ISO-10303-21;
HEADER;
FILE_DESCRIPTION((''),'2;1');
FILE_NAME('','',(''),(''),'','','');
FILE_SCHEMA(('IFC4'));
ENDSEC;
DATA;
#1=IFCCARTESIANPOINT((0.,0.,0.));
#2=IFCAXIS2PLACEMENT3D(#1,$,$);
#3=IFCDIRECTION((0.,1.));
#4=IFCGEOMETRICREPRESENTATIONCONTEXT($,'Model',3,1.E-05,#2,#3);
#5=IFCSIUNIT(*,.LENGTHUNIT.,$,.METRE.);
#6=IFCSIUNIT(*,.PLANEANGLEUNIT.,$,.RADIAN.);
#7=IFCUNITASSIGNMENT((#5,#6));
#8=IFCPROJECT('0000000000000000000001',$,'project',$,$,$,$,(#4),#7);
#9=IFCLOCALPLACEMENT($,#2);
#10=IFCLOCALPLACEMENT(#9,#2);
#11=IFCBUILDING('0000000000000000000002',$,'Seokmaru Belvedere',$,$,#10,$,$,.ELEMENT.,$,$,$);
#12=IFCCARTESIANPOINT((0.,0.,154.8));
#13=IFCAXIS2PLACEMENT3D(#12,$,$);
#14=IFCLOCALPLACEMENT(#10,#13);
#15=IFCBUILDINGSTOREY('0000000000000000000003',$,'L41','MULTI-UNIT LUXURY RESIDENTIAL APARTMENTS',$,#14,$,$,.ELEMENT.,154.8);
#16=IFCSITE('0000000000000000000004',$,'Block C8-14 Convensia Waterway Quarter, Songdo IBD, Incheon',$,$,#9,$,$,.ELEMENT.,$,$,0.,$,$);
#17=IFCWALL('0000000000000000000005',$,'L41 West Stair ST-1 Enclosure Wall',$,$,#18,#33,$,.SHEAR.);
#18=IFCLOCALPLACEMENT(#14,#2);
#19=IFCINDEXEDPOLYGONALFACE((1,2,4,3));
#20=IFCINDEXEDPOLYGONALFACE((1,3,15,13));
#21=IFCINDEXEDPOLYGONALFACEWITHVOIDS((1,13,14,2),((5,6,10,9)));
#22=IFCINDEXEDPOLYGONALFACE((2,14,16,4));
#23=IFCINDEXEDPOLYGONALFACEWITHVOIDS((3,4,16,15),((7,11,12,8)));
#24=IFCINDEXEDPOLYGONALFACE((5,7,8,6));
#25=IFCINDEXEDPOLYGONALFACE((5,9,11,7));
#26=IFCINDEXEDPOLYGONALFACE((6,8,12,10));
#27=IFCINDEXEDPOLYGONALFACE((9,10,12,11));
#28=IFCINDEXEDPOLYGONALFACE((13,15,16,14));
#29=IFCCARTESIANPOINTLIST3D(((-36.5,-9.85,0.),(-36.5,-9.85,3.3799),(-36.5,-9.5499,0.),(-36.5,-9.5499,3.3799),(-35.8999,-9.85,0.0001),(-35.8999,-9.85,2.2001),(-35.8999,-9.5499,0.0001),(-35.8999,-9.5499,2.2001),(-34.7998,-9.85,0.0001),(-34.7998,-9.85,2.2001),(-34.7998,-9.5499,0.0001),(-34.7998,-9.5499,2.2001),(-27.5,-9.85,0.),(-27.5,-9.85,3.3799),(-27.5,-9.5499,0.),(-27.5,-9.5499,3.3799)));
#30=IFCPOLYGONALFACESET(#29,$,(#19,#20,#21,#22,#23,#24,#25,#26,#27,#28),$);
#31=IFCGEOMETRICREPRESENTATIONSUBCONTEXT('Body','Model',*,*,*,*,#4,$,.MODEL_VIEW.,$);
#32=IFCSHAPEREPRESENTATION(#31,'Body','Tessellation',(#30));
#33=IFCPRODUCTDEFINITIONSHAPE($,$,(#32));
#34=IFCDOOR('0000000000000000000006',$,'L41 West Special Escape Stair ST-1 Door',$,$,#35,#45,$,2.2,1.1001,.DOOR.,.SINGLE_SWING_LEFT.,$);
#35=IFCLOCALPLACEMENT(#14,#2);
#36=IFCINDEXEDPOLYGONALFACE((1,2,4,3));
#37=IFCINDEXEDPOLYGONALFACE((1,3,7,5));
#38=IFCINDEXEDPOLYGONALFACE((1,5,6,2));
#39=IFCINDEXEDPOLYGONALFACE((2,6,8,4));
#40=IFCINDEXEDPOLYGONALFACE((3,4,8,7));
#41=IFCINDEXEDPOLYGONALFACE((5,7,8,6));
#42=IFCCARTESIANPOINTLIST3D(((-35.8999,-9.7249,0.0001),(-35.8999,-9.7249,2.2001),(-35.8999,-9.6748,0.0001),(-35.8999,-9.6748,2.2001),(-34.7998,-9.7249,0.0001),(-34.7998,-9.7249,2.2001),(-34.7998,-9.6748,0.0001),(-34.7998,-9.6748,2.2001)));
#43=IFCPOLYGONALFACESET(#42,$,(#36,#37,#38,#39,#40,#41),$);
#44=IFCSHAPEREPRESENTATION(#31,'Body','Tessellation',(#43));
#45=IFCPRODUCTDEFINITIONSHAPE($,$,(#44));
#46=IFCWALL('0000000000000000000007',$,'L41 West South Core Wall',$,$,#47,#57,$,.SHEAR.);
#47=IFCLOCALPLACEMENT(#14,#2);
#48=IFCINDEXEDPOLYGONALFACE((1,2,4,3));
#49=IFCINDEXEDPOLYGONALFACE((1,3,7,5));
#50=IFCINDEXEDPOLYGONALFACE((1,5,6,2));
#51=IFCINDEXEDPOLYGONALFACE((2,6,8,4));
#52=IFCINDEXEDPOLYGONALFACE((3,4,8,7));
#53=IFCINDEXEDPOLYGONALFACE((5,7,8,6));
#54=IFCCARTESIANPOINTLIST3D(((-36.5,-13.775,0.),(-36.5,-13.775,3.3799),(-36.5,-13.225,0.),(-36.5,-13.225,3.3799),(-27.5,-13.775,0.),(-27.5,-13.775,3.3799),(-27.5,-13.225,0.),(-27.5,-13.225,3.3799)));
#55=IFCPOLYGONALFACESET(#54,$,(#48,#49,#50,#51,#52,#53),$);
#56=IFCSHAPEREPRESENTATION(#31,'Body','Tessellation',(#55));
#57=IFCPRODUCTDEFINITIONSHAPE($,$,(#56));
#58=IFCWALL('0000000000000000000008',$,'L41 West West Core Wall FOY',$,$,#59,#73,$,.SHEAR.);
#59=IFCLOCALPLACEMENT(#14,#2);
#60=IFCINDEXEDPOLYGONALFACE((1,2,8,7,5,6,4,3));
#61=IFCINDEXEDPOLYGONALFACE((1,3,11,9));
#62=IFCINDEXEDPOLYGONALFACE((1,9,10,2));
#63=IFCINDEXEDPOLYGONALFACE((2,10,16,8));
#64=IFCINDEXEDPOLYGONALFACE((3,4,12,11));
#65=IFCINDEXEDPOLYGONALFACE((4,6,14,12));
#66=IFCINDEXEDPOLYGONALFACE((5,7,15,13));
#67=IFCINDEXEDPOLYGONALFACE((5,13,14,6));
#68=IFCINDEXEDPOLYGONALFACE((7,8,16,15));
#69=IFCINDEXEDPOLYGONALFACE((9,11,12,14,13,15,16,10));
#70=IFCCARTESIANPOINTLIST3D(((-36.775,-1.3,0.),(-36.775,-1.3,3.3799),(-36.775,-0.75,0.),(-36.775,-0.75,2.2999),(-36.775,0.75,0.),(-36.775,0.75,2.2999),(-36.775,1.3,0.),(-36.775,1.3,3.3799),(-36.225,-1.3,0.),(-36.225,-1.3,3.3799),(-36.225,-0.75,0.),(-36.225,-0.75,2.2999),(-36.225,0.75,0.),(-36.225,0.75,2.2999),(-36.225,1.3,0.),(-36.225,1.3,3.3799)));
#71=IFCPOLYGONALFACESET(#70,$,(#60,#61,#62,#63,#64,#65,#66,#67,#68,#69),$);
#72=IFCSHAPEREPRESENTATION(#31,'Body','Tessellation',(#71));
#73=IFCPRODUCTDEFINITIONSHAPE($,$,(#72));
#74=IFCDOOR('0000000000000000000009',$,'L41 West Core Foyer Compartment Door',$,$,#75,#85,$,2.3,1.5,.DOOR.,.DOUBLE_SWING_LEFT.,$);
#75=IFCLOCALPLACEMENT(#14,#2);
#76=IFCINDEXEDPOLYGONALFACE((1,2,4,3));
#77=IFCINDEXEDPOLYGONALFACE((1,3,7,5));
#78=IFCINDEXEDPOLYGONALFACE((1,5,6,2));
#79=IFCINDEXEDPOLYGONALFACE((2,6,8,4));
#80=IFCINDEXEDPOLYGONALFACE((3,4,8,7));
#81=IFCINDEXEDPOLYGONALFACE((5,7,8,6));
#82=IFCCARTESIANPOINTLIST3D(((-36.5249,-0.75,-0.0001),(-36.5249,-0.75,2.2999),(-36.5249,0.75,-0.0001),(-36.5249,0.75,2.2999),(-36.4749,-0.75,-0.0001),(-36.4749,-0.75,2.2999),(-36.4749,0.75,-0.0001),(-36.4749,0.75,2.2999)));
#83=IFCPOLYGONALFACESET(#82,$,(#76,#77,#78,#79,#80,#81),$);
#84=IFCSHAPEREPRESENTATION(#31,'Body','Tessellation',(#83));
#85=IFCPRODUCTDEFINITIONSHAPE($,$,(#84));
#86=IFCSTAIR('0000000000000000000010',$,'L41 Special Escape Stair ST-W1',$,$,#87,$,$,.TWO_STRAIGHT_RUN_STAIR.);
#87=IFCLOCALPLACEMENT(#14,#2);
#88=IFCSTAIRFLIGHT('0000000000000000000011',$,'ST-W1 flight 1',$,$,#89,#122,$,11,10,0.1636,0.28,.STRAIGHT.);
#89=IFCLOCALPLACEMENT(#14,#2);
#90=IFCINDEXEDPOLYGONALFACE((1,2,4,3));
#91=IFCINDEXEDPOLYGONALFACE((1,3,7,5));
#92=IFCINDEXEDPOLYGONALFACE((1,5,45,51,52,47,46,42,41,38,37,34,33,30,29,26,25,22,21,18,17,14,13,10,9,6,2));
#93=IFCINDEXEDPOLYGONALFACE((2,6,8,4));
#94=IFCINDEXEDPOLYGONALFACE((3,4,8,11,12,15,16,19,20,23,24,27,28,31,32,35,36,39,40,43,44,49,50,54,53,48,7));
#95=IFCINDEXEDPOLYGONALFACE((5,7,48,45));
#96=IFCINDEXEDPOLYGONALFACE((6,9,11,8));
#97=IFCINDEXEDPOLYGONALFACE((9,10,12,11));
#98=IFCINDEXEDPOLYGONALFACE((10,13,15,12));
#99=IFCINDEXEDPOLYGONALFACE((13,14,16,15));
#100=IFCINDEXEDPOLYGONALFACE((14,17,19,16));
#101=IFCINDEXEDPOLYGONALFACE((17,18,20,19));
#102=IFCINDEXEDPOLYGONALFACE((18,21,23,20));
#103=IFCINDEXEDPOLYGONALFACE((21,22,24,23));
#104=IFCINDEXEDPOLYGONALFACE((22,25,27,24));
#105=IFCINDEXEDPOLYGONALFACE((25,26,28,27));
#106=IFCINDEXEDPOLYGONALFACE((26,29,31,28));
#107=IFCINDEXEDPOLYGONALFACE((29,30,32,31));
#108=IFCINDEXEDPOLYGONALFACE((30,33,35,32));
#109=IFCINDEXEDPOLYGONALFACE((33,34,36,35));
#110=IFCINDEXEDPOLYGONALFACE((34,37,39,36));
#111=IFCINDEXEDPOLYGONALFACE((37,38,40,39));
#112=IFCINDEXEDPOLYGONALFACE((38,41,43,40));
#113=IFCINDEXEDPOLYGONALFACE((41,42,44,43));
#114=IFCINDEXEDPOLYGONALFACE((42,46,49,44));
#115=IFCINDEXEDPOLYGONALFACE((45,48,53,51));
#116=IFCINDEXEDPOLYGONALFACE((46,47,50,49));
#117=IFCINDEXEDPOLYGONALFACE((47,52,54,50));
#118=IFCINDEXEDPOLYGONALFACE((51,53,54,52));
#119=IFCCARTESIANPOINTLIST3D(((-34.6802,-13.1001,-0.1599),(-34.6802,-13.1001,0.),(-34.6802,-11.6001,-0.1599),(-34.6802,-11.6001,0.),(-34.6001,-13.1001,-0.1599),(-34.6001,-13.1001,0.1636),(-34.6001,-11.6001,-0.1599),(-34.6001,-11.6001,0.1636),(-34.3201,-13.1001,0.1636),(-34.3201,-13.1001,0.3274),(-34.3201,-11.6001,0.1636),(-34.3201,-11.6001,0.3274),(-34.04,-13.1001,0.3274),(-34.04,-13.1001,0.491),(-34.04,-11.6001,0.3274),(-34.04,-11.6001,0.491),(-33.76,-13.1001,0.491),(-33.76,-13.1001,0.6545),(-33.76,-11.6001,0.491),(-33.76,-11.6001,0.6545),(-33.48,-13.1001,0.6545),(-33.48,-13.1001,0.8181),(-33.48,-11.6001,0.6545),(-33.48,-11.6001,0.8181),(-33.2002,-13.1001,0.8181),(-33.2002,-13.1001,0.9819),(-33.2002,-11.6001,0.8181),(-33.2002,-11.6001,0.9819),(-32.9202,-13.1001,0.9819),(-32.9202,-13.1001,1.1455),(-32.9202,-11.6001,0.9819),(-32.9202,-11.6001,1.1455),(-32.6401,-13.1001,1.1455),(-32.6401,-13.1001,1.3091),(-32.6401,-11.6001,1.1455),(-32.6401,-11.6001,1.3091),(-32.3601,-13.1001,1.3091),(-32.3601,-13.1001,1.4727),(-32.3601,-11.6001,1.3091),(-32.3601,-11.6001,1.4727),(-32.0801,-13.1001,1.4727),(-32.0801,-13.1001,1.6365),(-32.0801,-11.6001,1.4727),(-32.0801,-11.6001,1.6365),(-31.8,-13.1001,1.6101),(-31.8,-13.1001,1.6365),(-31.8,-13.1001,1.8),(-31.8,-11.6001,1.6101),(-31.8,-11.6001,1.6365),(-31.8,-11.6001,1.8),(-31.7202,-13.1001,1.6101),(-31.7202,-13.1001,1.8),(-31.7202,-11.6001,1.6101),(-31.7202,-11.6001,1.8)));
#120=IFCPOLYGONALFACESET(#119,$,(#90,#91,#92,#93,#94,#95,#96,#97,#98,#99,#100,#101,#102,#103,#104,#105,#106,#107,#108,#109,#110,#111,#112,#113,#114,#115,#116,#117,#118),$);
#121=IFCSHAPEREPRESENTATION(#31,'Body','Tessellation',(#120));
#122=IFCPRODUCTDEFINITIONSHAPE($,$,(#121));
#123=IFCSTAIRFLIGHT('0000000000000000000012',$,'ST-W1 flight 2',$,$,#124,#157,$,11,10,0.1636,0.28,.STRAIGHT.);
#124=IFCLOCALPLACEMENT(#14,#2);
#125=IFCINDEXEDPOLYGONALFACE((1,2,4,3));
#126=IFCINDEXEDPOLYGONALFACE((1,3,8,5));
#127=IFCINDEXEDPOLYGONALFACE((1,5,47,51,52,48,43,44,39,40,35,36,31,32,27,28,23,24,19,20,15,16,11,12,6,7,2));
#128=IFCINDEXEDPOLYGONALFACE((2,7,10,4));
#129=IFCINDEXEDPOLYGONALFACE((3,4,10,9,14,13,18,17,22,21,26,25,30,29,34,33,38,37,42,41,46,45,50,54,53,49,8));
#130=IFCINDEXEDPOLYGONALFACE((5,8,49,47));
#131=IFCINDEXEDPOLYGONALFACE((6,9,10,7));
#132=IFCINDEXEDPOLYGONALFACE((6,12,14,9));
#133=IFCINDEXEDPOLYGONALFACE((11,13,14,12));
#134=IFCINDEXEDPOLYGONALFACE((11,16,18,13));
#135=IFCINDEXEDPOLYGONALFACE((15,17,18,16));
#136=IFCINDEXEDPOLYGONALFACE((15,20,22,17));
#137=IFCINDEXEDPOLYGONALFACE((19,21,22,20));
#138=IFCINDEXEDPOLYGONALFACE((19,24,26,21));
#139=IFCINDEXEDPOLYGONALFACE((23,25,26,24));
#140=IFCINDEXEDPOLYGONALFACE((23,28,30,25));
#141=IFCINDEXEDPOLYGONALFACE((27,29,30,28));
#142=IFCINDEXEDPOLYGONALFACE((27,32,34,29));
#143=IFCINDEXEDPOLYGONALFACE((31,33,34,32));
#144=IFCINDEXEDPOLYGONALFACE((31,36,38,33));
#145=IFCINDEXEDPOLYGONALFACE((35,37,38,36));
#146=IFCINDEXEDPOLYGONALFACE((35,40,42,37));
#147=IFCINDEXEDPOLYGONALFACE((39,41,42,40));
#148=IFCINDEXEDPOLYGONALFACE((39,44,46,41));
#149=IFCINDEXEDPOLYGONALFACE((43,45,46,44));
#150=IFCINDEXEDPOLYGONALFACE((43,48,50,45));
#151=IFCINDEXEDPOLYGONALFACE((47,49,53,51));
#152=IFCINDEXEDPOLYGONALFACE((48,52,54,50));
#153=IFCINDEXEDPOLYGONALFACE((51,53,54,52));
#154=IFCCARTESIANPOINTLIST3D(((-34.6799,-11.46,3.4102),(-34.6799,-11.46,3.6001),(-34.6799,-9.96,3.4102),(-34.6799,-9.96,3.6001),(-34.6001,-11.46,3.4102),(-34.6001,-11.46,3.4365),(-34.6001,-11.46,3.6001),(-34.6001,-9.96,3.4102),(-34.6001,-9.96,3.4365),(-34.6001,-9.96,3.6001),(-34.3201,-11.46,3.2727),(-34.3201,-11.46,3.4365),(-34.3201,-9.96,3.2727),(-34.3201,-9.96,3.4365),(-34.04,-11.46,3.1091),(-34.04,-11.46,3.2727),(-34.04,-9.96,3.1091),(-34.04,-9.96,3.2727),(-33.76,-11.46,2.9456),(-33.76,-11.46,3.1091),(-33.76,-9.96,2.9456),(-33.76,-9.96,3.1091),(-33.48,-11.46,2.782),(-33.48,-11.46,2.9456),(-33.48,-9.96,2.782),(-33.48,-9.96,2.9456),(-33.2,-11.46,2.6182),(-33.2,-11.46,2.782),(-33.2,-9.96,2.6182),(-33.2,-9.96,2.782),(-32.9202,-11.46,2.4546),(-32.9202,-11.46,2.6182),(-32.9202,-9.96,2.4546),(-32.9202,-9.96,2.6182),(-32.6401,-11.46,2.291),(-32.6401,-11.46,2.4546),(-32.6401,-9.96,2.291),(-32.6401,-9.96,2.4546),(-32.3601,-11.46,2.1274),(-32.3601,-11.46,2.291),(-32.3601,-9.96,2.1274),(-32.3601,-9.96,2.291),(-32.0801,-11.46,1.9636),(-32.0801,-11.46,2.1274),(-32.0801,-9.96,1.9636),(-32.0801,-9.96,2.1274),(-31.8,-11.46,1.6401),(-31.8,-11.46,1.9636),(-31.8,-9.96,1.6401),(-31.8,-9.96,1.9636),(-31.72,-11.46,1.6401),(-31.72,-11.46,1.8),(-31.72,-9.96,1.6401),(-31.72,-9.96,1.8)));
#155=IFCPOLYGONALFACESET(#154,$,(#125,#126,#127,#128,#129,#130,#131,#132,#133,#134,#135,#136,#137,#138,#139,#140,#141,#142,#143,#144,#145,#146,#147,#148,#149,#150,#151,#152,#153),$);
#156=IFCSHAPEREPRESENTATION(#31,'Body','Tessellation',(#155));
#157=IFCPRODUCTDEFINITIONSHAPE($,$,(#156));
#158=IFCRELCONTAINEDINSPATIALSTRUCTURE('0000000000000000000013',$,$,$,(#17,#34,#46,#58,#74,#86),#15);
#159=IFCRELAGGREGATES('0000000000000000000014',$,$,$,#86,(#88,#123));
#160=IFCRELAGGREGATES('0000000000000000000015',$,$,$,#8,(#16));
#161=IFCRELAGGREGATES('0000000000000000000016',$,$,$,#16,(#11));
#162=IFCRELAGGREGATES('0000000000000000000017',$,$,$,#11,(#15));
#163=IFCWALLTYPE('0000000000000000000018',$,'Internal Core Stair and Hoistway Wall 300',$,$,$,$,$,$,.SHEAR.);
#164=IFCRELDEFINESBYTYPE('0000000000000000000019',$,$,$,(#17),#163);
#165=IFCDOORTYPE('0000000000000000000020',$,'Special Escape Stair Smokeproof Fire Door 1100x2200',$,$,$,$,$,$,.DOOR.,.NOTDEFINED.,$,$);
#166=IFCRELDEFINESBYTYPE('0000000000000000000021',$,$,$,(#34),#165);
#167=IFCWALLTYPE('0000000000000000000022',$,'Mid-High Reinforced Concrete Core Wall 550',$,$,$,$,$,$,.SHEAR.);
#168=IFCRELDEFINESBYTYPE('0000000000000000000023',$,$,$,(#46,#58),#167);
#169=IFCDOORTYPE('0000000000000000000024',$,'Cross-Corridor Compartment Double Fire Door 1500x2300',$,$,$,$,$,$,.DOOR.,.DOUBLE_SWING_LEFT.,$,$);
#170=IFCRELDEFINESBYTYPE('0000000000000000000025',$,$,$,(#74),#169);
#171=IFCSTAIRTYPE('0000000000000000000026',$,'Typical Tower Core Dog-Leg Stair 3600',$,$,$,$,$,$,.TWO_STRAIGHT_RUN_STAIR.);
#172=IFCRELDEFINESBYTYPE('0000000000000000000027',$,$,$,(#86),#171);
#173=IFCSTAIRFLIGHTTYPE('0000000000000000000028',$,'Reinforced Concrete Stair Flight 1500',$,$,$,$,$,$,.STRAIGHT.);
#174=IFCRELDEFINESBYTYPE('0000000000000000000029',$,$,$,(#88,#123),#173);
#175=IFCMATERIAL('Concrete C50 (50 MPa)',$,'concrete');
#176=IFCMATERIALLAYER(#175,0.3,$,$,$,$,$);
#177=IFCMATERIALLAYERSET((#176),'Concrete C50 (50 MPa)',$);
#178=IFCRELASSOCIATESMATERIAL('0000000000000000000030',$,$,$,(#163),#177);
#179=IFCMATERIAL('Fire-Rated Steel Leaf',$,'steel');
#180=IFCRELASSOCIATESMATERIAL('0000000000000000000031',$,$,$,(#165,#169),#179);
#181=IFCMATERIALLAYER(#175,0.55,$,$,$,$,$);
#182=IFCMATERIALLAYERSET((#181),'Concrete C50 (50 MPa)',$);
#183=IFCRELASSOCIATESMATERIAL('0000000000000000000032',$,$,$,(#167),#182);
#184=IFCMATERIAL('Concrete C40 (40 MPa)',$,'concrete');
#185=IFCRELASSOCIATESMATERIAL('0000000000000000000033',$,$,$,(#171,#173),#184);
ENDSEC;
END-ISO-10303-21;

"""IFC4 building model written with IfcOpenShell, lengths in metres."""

from ifc_helpers import new_model, si_unit, direction, frame, frame_2d, origin, place, context, subcontext, project, spatial, polyline, rectangle, outline, extrude, source, transform, mapped, material, layer, layer_set, type_object, type_shapes, element, fill, aggregate, save


model = new_model("IFC4")

# Units and contexts
model_context = context("Model", 3, precision=1e-05, world=origin(), true_north=direction((0.0, 1.0)))
body_context = subcontext(model_context, "Body", "Model", "MODEL_VIEW")
ifc_project = project(units=[si_unit("LENGTHUNIT", "METRE"), si_unit("PLANEANGLEUNIT", "RADIAN")], contexts=[model_context])

# Site, building, storey
site_placement = place(None, origin())
site = spatial("IfcSite", under=ifc_project, at=site_placement, Name="Block C8-14 Convensia Waterway Quarter, Songdo IBD, Incheon", CompositionType="ELEMENT", RefElevation=0.0)
building_placement = place(site_placement, origin())
building = spatial("IfcBuilding", under=site, at=building_placement, Name="Seokmaru Belvedere", CompositionType="ELEMENT")
storey_placement = place(building_placement, frame((0.0, 0.0, 154.8)))
storey = spatial("IfcBuildingStorey", under=building, at=storey_placement, Name="L41", Description="MULTI-UNIT LUXURY RESIDENTIAL APARTMENTS", CompositionType="ELEMENT", Elevation=154.8)

# Shared definitions
ifc_material_1 = material(Name="Fire-Rated Steel Leaf", Category="steel")

# Wall, opening, door
ifc_material_2 = material(Name="Concrete C50 (50 MPa)", Category="concrete")
ifc_layer_1 = layer(ifc_material_2, 0.3)
ifc_layer_set_1 = layer_set([ifc_layer_1], Name="Concrete C50 (50 MPa)")
wall_type_1 = type_object("IfcWallType", Name="Internal Core Stair and Hoistway Wall 300", PredefinedType="SHEAR", material=ifc_layer_set_1)
wall_1_placement = place(storey_placement, frame((-36.5, -9.7, 0.0), z_axis=(0.0, 0.0, 1.0), x_axis=(1.0, 0.0, 0.0)))
wall_1 = element("IfcWall", 1, at=wall_1_placement, inside=storey, type_object=wall_type_1, Name="L41 West Stair ST-1 Enclosure Wall", PredefinedType="SHEAR", context=body_context, shape_type="SweptSolid", body=[
    extrude(rectangle(XDim=9.0, YDim=0.3, at=frame_2d((4.5, 0.0))), origin(), (0.0, 0.0, 1.0), 3.3799),
])
opening_1_placement = place(wall_1_placement, frame((0.6001, 0.0, 0.0)))
opening_1 = element("IfcOpeningElement", 2, at=opening_1_placement, cuts=wall_1, PredefinedType="OPENING", context=body_context, shape_type="SweptSolid", body=[
    extrude(rectangle(XDim=1.1001, YDim=2.2, at=frame_2d((0.55, 1.1001))), frame((0.0, 0.1602, 0.0), z_axis=(0.0, -1.0, 0.0), x_axis=(1.0, 0.0, 0.0)), (0.0, 0.0, 1.0), 0.3201),
])
door_type_1 = type_object("IfcDoorType", Name="Special Escape Stair Smokeproof Fire Door 1100x2200", OperationType="NOTDEFINED", PredefinedType="DOOR", material=ifc_material_1)
shared_shape_1 = source(origin(), body_context, "Body", "SweptSolid", [
    extrude(rectangle(XDim=1.1001, YDim=2.2, at=frame_2d((0.55, 1.1001))), frame((0.0, 0.0249, 0.0), z_axis=(0.0, -1.0, 0.0), x_axis=(1.0, 0.0, 0.0)), (0.0, 0.0, 1.0), 0.05),
])
type_shapes(door_type_1, [shared_shape_1])
door_1_placement = place(opening_1_placement, frame((1.1001, 0.0, 0.0), z_axis=(0.0, 0.0, 1.0), x_axis=(-1.0, 0.0, 0.0)))
door_1 = element("IfcDoor", 3, at=door_1_placement, inside=storey, type_object=door_type_1, Name="L41 West Special Escape Stair ST-1 Door", OperationType="SINGLE_SWING_LEFT", OverallHeight=2.2, OverallWidth=1.1001, PredefinedType="DOOR", context=body_context, shape_type="MappedRepresentation", body=[
    mapped(shared_shape_1, transform((0.0, 0.0, 0.0), scale=1.0)),
])
fill(opening_1, door_1)

# Wall
ifc_layer_2 = layer(ifc_material_2, 0.55)
ifc_layer_set_2 = layer_set([ifc_layer_2], Name="Concrete C50 (50 MPa)")
wall_type_2 = type_object("IfcWallType", Name="Mid-High Reinforced Concrete Core Wall 550", PredefinedType="SHEAR", material=ifc_layer_set_2)
wall_2_placement = place(storey_placement, frame((-36.5, -13.5, 0.0), z_axis=(0.0, 0.0, 1.0), x_axis=(1.0, 0.0, 0.0)))
element("IfcWall", 4, at=wall_2_placement, inside=storey, type_object=wall_type_2, Name="L41 West South Core Wall", PredefinedType="SHEAR", context=body_context, shape_type="SweptSolid", body=[
    extrude(rectangle(XDim=9.0, YDim=0.55, at=frame_2d((4.5, 0.0))), origin(), (0.0, 0.0, 1.0), 3.3799),
])

# Wall, opening, door
wall_3_placement = place(storey_placement, frame((-36.5, -1.3, 0.0), z_axis=(0.0, 0.0, 1.0), x_axis=(0.0, 1.0, 0.0)))
wall_3 = element("IfcWall", 5, at=wall_3_placement, inside=storey, type_object=wall_type_2, Name="L41 West West Core Wall FOY", PredefinedType="SHEAR", context=body_context, shape_type="SweptSolid", body=[
    extrude(rectangle(XDim=2.6001, YDim=0.55, at=frame_2d((1.3, 0.0))), origin(), (0.0, 0.0, 1.0), 3.3799),
])
opening_2_placement = place(wall_3_placement, frame((0.55, 0.0, 0.0)))
opening_2 = element("IfcOpeningElement", 6, at=opening_2_placement, cuts=wall_3, PredefinedType="OPENING", context=body_context, shape_type="SweptSolid", body=[
    extrude(rectangle(XDim=1.5, YDim=2.3, at=frame_2d((0.75, 1.1499))), frame((0.0, 0.2852, 0.0), z_axis=(0.0, -1.0, 0.0), x_axis=(1.0, 0.0, 0.0)), (0.0, 0.0, 1.0), 0.5701),
])
door_type_2 = type_object("IfcDoorType", Name="Cross-Corridor Compartment Double Fire Door 1500x2300", OperationType="DOUBLE_SWING_LEFT", PredefinedType="DOOR", material=ifc_material_1)
shared_shape_2 = source(origin(), body_context, "Body", "SweptSolid", [
    extrude(rectangle(XDim=1.5, YDim=2.3, at=frame_2d((0.75, 1.1499))), frame((0.0, 0.0249, 0.0), z_axis=(0.0, -1.0, 0.0), x_axis=(1.0, 0.0, 0.0)), (0.0, 0.0, 1.0), 0.05),
])
type_shapes(door_type_2, [shared_shape_2])
door_2_placement = place(opening_2_placement, origin())
door_2 = element("IfcDoor", 7, at=door_2_placement, inside=storey, type_object=door_type_2, Name="L41 West Core Foyer Compartment Door", OperationType="DOUBLE_SWING_LEFT", OverallHeight=2.3, OverallWidth=1.5, PredefinedType="DOOR", context=body_context, shape_type="MappedRepresentation", body=[
    mapped(shared_shape_2, transform((0.0, 0.0, 0.0), scale=1.0)),
])
fill(opening_2, door_2)

# Stair, stair flights
ifc_material_3 = material(Name="Concrete C40 (40 MPa)", Category="concrete")
stair_type = type_object("IfcStairType", Name="Typical Tower Core Dog-Leg Stair 3600", PredefinedType="TWO_STRAIGHT_RUN_STAIR", material=ifc_material_3)
stair_placement = place(storey_placement, origin())
stair = element("IfcStair", 8, at=stair_placement, inside=storey, type_object=stair_type, Name="L41 Special Escape Stair ST-W1", PredefinedType="TWO_STRAIGHT_RUN_STAIR")
stair_flight_type = type_object("IfcStairFlightType", Name="Reinforced Concrete Stair Flight 1500", PredefinedType="STRAIGHT", material=ifc_material_3)
stair_flight_1_placement = place(storey_placement, frame((-34.6001, -12.3501, 0.0), z_axis=(0.0, 0.0, 1.0), x_axis=(1.0, 0.0, 0.0)))
stair_flight_1 = element("IfcStairFlight", 9, at=stair_flight_1_placement, type_object=stair_flight_type, Name="ST-W1 flight 1", NumberOfRisers=11, NumberOfTreads=10, PredefinedType="STRAIGHT", RiserHeight=0.1636, TreadLength=0.28, context=body_context, shape_type="SweptSolid", body=[
    extrude(outline(polyline([(-0.0801, 0.0), (0.0, 0.1636), (0.28, 0.1636), (0.28, 0.3274), (0.5601, 0.3274), (0.5601, 0.491), (0.8401, 0.491), (0.8401, 0.6545), (1.1201, 0.6545), (1.1201, 0.8181), (1.3999, 0.8181), (1.3999, 0.9819), (1.6799, 0.9819), (1.6799, 1.1455), (1.96, 1.1455), (1.96, 1.3091), (2.24, 1.3091), (2.24, 1.4727), (2.52, 1.4727), (2.52, 1.6365), (2.8, 1.6365), (2.8, 1.8), (2.8799, 1.8), (2.8799, 1.6101), (2.8, 1.6101), (0.0, -0.1599), (-0.0801, -0.1599), (-0.0801, 0.0)])), frame((0.0, 0.75, 0.0), z_axis=(0.0, -1.0, 0.0), x_axis=(1.0, 0.0, 0.0)), (0.0, 0.0, 1.0), 1.5),
])
stair_flight_2_placement = place(storey_placement, frame((-31.8, -10.71, 1.8), z_axis=(0.0, 0.0, 1.0), x_axis=(-1.0, 0.0, 0.0)))
stair_flight_2 = element("IfcStairFlight", 10, at=stair_flight_2_placement, type_object=stair_flight_type, Name="ST-W1 flight 2", NumberOfRisers=11, NumberOfTreads=10, PredefinedType="STRAIGHT", RiserHeight=0.1636, TreadLength=0.28, context=body_context, shape_type="SweptSolid", body=[
    extrude(outline(polyline([(-0.0801, 0.0), (0.0, 0.1636), (0.28, 0.1636), (0.28, 0.3274), (0.5601, 0.3274), (0.5601, 0.491), (0.8401, 0.491), (0.8401, 0.6545), (1.1201, 0.6545), (1.1201, 0.8181), (1.3999, 0.8181), (1.3999, 0.9819), (1.6799, 0.9819), (1.6799, 1.1455), (1.96, 1.1455), (1.96, 1.3091), (2.24, 1.3091), (2.24, 1.4727), (2.52, 1.4727), (2.52, 1.6365), (2.8, 1.6365), (2.8, 1.8), (2.8799, 1.8), (2.8799, 1.6101), (2.8, 1.6101), (0.0, -0.1599), (-0.0801, -0.1599), (-0.0801, 0.0)])), frame((0.0, 0.75, 0.0), z_axis=(0.0, -1.0, 0.0), x_axis=(1.0, 0.0, 0.0)), (0.0, 0.0, 1.0), 1.5),
])
aggregate(stair, [stair_flight_1, stair_flight_2])

save(model, "model.ifc")
